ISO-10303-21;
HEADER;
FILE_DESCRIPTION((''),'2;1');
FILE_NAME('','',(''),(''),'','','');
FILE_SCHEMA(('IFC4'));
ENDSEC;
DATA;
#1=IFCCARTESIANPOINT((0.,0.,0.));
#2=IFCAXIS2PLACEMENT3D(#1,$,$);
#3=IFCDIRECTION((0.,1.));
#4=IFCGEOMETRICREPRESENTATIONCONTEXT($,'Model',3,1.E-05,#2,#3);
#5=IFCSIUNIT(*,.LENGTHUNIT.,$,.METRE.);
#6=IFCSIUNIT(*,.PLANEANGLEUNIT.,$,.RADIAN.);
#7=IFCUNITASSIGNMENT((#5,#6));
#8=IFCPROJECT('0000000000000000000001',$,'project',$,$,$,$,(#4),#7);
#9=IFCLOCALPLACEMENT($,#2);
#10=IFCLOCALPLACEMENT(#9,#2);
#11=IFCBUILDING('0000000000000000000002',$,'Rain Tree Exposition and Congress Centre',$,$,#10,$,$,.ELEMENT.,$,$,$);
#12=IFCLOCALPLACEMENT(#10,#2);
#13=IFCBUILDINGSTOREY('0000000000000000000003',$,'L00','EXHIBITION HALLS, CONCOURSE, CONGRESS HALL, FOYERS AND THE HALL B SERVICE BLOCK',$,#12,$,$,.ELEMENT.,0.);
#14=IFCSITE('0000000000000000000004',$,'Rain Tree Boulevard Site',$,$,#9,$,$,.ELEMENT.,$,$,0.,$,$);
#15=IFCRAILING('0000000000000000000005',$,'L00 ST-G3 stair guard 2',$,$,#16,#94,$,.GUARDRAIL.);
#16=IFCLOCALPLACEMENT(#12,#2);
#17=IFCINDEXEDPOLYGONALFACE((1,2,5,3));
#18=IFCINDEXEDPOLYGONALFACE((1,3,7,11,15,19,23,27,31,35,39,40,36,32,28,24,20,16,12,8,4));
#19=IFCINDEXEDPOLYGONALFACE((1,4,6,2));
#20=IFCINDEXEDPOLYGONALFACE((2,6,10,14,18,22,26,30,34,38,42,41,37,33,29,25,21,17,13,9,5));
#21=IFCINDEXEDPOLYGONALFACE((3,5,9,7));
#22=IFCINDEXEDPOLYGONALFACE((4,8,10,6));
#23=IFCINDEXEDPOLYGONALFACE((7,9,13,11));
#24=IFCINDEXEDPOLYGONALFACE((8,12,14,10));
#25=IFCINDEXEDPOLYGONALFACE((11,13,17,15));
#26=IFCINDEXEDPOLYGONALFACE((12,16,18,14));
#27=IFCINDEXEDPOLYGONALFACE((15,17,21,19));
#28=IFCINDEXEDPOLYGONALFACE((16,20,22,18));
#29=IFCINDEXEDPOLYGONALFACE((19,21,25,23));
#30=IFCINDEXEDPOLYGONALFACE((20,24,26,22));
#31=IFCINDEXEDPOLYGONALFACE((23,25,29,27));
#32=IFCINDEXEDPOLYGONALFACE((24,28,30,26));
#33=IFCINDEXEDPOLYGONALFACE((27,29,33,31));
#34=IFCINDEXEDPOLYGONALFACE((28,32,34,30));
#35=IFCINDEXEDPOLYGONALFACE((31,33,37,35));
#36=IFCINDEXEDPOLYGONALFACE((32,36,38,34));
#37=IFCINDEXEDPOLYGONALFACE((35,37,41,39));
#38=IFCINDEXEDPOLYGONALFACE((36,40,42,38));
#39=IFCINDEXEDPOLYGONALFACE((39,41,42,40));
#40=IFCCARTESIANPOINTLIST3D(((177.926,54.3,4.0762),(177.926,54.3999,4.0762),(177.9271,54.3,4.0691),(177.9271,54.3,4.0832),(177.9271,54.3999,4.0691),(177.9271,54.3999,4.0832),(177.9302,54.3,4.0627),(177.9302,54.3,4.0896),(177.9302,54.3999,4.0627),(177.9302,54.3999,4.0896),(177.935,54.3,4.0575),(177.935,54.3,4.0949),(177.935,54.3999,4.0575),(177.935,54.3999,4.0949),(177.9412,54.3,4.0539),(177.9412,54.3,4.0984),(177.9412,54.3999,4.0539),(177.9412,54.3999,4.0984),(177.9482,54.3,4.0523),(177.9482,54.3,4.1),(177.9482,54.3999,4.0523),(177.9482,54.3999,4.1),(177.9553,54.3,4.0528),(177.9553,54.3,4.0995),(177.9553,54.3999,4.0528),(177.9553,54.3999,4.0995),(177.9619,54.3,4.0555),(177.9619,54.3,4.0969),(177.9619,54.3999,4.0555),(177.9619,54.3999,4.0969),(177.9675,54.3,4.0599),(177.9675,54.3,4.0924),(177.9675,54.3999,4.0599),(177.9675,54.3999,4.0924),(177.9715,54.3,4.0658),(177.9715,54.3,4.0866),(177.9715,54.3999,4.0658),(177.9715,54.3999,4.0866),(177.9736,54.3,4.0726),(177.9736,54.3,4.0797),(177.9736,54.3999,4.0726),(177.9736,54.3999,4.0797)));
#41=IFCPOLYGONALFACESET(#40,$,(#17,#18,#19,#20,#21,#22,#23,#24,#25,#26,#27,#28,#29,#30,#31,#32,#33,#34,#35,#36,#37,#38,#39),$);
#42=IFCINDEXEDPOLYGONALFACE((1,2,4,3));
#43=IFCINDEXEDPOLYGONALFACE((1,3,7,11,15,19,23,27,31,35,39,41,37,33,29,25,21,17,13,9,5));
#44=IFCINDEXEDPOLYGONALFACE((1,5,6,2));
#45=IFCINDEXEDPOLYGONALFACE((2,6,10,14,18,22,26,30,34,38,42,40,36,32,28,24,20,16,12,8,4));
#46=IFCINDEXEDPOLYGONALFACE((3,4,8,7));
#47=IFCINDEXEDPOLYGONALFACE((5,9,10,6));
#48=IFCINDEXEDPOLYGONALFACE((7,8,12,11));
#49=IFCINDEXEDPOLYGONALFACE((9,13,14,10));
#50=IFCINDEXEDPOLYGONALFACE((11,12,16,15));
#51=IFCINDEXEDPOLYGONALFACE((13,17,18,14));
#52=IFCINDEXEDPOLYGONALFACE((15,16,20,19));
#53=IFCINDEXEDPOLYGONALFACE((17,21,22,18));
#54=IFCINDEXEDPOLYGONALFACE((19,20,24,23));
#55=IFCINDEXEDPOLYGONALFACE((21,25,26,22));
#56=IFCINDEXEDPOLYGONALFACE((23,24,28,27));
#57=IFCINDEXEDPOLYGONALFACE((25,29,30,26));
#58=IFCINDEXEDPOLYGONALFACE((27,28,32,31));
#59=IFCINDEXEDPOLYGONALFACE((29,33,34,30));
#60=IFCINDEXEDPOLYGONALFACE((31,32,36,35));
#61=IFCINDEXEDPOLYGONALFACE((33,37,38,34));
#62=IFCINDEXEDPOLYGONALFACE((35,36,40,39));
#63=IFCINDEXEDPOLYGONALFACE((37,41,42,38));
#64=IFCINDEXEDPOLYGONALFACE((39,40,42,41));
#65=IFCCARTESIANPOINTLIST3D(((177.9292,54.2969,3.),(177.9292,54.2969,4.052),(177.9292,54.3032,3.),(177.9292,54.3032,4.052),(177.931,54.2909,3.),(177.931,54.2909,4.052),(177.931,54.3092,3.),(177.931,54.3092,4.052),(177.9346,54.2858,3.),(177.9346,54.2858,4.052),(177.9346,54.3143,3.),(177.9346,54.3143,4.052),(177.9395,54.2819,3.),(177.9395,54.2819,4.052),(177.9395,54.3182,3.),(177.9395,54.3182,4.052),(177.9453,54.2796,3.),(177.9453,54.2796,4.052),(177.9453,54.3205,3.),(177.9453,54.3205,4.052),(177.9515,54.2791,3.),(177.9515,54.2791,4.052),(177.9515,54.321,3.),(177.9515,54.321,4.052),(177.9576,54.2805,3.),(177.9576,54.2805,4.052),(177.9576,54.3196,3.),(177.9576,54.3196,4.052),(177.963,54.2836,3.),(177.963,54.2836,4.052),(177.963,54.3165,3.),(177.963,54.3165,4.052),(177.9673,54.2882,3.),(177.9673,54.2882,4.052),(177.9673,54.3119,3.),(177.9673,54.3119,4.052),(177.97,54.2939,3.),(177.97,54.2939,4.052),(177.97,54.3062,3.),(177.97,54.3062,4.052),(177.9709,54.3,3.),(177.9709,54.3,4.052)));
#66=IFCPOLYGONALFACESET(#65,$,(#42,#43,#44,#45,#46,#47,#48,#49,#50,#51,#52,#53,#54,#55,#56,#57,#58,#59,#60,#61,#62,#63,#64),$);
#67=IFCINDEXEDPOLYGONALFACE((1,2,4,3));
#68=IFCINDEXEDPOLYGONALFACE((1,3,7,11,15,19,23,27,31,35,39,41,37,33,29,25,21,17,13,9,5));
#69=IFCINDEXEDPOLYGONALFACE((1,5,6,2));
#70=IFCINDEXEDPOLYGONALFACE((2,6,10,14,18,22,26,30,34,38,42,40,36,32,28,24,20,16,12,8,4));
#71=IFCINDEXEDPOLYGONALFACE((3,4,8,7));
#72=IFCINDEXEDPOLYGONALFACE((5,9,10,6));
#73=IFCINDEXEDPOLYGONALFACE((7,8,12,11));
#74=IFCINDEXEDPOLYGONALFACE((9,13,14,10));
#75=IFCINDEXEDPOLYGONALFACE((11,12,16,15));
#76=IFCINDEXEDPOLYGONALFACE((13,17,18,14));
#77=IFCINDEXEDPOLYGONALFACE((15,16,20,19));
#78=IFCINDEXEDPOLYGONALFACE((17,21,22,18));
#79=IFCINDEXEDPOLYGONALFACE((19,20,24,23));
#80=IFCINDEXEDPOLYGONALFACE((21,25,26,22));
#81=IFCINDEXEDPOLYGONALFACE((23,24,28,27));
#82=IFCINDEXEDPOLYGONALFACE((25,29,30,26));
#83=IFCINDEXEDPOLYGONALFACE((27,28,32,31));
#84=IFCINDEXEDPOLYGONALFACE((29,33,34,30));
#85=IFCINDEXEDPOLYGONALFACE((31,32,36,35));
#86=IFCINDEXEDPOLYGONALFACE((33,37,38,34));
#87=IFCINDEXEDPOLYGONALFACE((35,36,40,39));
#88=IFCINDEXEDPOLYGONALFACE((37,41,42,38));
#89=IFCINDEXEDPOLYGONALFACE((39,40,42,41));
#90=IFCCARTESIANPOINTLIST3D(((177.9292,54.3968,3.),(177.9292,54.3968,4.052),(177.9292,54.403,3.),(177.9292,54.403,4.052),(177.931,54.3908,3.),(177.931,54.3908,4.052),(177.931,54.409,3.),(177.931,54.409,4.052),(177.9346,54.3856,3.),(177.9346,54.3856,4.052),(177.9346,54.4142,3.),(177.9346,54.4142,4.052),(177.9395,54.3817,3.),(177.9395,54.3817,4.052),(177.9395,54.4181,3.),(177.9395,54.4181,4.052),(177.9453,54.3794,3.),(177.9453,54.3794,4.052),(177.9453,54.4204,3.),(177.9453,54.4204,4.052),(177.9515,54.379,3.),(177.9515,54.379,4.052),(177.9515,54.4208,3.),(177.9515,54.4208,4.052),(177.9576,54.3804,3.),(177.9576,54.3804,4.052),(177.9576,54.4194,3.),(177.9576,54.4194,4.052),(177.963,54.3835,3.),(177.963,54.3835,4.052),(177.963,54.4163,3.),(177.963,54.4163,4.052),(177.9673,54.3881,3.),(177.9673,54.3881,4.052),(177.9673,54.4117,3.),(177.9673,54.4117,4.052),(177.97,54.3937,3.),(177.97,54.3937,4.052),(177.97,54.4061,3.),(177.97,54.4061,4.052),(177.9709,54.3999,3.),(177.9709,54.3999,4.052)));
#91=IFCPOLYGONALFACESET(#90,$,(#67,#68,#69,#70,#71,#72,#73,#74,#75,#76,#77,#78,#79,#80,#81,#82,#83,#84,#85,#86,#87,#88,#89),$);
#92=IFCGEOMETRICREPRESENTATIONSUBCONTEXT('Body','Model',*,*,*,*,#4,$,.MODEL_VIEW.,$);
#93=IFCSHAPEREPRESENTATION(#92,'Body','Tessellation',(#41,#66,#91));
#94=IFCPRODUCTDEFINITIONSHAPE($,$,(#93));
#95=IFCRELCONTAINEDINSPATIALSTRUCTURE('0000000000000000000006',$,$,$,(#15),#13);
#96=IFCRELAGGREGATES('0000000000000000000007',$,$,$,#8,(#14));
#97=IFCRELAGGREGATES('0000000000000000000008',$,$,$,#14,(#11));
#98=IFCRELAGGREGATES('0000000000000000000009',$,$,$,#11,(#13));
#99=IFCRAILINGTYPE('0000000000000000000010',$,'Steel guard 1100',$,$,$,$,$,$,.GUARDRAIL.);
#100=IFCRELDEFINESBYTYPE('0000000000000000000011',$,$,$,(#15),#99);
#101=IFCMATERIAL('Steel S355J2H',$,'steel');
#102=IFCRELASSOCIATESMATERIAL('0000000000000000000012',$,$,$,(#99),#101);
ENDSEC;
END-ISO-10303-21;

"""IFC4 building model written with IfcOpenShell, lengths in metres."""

from ifc_helpers import new_model, si_unit, direction, frame, origin, origin_2d, place, context, subcontext, project, spatial, circle, extrude, material, type_object, element, save


model = new_model("IFC4")

# Units and contexts
model_context = context("Model", 3, precision=1e-05, world=origin(), true_north=direction((0.0, 1.0)))
body_context = subcontext(model_context, "Body", "Model", "MODEL_VIEW")
ifc_project = project(units=[si_unit("LENGTHUNIT", "METRE"), si_unit("PLANEANGLEUNIT", "RADIAN")], contexts=[model_context])

# Site, building, storey
site_placement = place(None, origin())
site = spatial("IfcSite", under=ifc_project, at=site_placement, Name="Rain Tree Boulevard Site", CompositionType="ELEMENT", RefElevation=0.0)
building_placement = place(site_placement, origin())
building = spatial("IfcBuilding", under=site, at=building_placement, Name="Rain Tree Exposition and Congress Centre", CompositionType="ELEMENT")
storey_placement = place(building_placement, origin())
storey = spatial("IfcBuildingStorey", under=building, at=storey_placement, Name="L00", Description="EXHIBITION HALLS, CONCOURSE, CONGRESS HALL, FOYERS AND THE HALL B SERVICE BLOCK", CompositionType="ELEMENT", Elevation=0.0)

# Railing
ifc_material_1 = material(Name="Steel S355J2H", Category="steel")
railing_type_1 = type_object("IfcRailingType", Name="Steel guard 1100", PredefinedType="GUARDRAIL", material=ifc_material_1)
railing_1_placement = place(storey_placement, frame((177.95, 54.3, 3.0)))
element("IfcRailing", 1, at=railing_1_placement, inside=storey, type_object=railing_type_1, Name="L00 ST-G3 stair guard 2", PredefinedType="GUARDRAIL", context=body_context, shape_type="SweptSolid", body=[
    extrude(circle(Radius=0.0239, at=origin_2d()), frame((0.0, 0.0, 1.0762), z_axis=(0.0, 1.0, 0.0), x_axis=(-1.0, 0.0, 0.0)), (0.0, 0.0, 1.0), 0.0999),
    extrude(circle(Radius=0.021, at=origin_2d()), origin(), (0.0, 0.0, 1.0), 1.052),
    extrude(circle(Radius=0.021, at=origin_2d()), frame((0.0, 0.0999, 0.0)), (0.0, 0.0, 1.0), 1.052),
])

save(model, "model.ifc")
